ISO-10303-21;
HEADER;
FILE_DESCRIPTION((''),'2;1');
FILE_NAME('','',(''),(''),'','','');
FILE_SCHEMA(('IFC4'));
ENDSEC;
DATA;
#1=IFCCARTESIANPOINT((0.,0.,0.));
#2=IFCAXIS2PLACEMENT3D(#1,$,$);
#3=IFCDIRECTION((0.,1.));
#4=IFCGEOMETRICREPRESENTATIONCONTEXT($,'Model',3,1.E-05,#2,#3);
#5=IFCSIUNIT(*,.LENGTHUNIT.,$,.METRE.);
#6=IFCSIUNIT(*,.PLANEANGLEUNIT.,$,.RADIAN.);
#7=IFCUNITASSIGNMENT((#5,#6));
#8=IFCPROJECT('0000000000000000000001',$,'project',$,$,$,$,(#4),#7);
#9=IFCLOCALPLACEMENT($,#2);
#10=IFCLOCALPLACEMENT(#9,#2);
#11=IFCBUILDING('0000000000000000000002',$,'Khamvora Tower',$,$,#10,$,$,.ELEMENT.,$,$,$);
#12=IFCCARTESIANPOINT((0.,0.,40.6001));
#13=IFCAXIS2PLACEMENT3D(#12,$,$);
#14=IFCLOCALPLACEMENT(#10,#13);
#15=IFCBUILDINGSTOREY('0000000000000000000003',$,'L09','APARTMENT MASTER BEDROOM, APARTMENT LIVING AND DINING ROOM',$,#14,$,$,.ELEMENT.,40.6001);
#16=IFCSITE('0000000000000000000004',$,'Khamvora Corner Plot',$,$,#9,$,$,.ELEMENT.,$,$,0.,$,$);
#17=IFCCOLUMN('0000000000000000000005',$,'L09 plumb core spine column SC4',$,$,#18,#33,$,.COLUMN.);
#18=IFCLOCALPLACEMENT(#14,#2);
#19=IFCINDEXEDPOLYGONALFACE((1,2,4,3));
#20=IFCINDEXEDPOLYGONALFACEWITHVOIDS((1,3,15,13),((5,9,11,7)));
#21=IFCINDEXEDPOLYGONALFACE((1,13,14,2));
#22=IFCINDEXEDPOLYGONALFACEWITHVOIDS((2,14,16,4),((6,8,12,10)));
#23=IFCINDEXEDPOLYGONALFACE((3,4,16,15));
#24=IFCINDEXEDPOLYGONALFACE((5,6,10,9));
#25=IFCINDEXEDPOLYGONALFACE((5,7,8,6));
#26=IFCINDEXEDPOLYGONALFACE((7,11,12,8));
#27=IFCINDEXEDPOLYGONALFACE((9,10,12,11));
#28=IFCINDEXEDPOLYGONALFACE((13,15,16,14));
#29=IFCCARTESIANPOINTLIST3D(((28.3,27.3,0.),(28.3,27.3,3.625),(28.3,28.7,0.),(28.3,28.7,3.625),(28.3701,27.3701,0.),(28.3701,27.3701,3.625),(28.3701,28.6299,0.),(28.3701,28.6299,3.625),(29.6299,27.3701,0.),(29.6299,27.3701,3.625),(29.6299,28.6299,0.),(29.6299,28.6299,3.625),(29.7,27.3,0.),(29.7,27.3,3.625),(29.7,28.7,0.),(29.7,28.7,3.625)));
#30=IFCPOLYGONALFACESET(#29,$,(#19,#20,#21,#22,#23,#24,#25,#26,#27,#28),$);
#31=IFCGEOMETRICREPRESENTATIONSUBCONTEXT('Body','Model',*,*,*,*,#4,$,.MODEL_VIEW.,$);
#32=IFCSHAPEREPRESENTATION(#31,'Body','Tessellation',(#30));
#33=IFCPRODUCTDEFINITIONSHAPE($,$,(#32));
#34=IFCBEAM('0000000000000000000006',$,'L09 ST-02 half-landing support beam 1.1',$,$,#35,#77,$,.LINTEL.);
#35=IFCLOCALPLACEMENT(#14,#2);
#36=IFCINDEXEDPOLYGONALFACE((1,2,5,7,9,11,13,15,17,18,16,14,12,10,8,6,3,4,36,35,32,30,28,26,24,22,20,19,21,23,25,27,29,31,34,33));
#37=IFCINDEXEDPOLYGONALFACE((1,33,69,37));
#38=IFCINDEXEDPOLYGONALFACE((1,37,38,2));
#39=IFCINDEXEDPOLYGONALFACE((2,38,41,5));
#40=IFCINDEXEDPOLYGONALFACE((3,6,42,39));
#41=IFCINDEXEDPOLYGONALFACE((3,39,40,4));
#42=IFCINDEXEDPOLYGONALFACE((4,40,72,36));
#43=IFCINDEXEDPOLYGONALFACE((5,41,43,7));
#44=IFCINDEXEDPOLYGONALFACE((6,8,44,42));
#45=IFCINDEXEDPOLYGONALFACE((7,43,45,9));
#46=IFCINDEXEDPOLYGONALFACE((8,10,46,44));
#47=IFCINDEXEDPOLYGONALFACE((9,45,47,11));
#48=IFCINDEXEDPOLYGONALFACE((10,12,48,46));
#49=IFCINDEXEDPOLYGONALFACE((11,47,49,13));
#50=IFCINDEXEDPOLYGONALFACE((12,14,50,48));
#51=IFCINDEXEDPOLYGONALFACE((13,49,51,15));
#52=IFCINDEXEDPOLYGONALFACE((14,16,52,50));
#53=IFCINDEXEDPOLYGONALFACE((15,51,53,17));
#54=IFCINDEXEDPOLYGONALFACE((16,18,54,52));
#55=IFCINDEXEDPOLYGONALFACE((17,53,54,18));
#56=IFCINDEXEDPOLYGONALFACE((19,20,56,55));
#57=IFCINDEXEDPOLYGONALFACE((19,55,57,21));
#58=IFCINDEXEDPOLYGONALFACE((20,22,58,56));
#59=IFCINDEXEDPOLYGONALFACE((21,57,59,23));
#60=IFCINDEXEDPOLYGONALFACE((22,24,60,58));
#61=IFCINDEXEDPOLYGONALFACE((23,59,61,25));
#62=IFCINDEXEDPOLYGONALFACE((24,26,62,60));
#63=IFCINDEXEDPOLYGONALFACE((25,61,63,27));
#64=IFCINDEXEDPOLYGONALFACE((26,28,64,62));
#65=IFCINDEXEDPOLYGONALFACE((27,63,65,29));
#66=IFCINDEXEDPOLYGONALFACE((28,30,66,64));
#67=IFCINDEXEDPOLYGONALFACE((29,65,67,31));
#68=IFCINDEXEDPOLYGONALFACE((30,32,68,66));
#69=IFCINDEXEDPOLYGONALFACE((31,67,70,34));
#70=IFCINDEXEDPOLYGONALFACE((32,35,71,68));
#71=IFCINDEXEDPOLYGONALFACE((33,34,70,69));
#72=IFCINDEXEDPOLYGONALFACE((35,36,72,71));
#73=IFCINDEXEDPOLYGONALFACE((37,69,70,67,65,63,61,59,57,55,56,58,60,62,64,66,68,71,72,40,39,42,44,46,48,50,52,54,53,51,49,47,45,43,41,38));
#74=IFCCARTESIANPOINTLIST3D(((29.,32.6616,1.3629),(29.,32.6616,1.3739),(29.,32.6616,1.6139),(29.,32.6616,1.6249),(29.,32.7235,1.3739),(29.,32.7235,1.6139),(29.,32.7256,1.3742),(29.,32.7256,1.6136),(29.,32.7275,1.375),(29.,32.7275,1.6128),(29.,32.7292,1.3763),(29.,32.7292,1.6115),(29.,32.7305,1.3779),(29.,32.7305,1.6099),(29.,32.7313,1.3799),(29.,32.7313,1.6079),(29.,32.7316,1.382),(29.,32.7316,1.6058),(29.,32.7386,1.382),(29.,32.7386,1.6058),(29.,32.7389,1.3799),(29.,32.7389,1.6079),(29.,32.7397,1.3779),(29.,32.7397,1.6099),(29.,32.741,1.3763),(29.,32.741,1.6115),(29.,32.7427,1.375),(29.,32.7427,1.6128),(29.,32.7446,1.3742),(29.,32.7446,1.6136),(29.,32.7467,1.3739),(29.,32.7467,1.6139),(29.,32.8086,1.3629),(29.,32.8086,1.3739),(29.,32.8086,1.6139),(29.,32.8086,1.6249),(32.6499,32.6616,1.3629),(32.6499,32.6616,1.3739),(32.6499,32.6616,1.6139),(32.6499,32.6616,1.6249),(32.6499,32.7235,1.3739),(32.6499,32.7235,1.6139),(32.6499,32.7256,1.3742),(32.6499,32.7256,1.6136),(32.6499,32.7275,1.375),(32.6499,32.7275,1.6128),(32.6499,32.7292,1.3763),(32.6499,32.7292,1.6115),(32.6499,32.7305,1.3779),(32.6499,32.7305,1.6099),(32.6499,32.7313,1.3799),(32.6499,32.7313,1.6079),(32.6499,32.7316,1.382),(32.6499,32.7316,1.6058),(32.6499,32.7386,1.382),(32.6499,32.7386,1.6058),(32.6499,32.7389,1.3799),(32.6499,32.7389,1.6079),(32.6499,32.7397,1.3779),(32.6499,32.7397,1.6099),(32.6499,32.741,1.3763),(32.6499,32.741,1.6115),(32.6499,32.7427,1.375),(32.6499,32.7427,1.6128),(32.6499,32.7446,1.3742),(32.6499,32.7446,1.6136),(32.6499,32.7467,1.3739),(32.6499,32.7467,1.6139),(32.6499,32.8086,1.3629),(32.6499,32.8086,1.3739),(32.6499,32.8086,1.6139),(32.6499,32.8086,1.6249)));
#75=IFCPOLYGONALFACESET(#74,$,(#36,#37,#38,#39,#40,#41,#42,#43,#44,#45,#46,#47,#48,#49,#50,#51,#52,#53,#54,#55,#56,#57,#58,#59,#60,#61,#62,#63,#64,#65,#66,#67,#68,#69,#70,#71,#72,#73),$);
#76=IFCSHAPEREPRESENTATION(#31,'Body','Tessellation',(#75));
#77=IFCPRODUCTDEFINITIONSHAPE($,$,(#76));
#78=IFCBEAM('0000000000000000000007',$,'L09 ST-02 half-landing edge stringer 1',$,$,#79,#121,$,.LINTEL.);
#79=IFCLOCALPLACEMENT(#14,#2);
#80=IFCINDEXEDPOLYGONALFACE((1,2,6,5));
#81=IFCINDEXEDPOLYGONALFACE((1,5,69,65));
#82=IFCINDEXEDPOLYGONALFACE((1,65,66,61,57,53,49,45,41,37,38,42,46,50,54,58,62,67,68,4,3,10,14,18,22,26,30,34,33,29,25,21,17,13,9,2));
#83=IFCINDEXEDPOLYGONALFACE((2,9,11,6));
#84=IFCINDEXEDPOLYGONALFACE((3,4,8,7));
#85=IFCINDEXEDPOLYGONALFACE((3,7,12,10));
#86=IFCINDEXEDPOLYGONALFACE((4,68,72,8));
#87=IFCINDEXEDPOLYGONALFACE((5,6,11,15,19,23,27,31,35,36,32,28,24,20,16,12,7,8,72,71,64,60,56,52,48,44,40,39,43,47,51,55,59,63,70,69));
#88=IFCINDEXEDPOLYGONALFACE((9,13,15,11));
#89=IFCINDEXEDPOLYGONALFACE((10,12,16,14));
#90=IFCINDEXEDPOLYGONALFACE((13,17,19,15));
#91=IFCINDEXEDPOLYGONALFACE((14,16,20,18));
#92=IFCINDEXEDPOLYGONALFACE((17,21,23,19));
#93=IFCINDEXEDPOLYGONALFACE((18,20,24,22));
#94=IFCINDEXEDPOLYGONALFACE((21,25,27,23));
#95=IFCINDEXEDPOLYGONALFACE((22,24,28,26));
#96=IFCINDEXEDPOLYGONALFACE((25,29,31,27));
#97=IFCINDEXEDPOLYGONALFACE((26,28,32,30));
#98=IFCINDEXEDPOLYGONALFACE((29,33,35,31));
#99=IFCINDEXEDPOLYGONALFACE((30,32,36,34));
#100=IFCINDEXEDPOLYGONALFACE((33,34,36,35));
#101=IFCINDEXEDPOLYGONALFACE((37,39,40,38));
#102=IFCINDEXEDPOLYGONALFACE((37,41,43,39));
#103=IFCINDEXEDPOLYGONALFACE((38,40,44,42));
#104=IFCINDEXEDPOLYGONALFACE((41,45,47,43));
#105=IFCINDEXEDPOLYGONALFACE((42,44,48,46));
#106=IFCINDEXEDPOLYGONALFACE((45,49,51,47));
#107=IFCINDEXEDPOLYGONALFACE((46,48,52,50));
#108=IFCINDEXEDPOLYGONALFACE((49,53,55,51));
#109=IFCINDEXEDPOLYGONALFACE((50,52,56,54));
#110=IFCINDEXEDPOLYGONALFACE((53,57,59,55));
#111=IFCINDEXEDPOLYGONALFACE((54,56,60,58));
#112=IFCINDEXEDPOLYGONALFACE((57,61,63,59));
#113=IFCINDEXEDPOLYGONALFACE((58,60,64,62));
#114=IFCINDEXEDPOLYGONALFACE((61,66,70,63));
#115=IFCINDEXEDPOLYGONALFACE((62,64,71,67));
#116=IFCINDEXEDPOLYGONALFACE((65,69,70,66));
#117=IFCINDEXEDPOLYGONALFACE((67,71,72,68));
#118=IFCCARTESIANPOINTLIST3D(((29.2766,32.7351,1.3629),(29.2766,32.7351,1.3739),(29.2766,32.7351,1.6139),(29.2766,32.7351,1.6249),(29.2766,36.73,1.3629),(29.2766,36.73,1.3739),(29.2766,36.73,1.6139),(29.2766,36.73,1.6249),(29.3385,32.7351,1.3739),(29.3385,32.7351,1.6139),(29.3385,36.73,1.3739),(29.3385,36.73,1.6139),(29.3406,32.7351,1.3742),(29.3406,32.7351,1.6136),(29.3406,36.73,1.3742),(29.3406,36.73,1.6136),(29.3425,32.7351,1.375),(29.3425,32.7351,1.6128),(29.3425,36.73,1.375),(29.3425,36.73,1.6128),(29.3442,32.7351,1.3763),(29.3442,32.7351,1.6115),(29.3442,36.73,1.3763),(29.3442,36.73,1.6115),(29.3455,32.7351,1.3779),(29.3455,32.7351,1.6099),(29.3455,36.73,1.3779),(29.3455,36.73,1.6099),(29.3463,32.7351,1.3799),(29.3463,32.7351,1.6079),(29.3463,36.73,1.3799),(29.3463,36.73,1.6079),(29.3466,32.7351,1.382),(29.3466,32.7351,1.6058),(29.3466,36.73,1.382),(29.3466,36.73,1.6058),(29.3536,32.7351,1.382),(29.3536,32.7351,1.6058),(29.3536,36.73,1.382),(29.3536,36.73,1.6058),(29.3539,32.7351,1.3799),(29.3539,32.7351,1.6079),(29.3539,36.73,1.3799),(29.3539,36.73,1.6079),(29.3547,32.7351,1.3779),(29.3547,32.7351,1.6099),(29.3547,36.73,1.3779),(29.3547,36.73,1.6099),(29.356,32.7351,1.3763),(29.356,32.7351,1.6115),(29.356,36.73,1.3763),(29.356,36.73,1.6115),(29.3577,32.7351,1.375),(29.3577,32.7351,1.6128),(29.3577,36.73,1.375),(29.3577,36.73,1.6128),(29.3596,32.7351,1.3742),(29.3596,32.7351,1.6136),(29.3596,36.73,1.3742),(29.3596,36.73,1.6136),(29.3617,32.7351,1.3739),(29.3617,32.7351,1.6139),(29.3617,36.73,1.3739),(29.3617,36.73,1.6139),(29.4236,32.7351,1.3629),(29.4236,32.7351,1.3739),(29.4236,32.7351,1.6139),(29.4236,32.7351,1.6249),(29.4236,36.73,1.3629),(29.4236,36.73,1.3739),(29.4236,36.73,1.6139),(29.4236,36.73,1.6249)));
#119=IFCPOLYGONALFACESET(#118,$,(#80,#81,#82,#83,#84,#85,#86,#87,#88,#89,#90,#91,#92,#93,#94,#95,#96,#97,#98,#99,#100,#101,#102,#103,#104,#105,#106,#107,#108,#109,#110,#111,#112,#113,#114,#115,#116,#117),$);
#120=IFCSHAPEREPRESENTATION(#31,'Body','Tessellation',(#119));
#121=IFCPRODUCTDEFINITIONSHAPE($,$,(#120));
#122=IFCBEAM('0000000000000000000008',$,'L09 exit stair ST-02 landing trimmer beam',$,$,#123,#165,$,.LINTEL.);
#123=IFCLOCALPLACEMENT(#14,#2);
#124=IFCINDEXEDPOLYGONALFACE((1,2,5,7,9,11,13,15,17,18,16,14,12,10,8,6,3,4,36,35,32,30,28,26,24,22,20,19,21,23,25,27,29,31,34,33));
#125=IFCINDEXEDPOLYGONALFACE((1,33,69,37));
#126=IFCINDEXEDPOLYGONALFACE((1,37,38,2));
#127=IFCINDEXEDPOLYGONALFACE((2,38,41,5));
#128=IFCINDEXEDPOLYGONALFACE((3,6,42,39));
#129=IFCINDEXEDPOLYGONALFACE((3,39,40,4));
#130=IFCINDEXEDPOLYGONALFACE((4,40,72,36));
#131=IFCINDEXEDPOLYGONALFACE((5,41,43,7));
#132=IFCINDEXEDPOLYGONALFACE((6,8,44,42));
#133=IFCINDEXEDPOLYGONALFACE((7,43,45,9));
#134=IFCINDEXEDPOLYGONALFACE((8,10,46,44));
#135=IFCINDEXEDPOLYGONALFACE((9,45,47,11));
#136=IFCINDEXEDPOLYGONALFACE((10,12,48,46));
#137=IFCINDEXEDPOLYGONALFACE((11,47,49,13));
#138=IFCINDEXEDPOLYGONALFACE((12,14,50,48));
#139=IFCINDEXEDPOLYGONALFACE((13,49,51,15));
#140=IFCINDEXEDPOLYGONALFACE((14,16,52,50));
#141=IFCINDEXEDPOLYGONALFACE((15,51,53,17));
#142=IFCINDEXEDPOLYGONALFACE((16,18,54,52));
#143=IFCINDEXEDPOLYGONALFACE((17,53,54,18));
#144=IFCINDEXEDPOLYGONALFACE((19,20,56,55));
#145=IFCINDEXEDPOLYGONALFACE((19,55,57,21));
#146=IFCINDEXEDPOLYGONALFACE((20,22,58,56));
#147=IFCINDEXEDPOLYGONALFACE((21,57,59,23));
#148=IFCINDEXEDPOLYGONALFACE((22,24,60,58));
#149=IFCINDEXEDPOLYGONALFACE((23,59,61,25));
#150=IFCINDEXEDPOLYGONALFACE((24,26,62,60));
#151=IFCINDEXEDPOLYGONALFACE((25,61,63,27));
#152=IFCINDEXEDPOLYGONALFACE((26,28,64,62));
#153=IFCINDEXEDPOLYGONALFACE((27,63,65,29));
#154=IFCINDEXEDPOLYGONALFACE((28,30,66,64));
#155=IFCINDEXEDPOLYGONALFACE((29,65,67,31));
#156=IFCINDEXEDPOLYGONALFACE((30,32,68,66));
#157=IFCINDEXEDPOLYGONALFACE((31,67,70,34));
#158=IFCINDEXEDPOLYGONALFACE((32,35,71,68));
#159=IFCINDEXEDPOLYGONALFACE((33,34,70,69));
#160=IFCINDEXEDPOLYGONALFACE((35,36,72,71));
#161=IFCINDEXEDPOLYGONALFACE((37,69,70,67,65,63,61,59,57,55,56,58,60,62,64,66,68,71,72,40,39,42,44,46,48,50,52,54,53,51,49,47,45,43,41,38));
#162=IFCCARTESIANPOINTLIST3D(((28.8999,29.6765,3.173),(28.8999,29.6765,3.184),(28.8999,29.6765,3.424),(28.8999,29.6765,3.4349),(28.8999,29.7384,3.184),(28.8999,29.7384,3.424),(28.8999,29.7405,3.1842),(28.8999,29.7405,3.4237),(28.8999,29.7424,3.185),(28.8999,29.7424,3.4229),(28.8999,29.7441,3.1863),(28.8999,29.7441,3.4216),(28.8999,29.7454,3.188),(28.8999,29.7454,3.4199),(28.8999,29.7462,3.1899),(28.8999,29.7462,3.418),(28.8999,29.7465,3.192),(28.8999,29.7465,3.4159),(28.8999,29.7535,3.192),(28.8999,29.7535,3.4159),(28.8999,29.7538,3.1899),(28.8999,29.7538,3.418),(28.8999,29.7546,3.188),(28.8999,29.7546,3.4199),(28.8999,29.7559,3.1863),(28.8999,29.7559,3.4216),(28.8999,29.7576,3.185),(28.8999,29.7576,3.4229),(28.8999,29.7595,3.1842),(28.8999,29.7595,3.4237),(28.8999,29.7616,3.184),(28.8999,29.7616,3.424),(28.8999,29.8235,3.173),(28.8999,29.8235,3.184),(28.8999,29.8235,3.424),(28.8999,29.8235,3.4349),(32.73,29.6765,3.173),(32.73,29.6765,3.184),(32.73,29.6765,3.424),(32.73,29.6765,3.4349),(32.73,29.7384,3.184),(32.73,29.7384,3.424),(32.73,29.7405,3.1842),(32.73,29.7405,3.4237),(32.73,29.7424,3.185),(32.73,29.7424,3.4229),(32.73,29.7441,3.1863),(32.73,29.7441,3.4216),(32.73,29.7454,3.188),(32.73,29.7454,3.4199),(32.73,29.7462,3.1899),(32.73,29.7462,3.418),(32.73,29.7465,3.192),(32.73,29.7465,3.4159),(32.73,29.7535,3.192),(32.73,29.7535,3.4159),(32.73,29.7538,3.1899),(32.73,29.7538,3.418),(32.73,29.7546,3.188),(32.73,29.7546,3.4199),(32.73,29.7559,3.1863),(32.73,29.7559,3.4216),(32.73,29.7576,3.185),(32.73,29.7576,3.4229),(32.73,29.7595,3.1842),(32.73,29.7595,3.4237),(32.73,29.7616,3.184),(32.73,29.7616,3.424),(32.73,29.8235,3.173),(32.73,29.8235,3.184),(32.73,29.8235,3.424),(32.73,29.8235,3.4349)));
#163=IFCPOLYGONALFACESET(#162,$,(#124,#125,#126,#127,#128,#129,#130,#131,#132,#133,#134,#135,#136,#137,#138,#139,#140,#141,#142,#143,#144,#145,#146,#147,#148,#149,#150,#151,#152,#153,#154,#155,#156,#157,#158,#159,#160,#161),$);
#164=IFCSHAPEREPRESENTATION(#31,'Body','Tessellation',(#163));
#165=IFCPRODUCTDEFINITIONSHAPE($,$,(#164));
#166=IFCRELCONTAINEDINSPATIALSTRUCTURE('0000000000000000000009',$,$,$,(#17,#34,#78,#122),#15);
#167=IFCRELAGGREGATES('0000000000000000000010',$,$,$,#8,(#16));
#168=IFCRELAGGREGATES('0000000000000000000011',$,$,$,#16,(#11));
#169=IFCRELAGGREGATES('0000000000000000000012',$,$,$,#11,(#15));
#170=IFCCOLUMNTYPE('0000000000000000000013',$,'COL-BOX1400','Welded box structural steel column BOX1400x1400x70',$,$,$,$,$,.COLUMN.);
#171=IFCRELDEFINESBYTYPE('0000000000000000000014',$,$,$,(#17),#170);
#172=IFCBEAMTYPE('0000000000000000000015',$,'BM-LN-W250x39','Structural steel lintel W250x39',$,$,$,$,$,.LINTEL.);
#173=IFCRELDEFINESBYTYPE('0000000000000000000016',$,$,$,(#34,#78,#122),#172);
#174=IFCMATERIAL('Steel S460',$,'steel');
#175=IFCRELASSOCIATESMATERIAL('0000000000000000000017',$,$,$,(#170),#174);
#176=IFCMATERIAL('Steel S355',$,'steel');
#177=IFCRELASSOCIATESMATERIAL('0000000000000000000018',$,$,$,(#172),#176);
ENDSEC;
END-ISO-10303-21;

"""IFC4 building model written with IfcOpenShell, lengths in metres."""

from ifc_helpers import new_model, si_unit, direction, frame, origin, origin_2d, place, context, subcontext, project, spatial, hollow_rectangle, i_section, extrude, material, material_profile, profile_set, type_object, element, save


model = new_model("IFC4")

# Units and contexts
model_context = context("Model", 3, precision=1e-05, world=origin(), true_north=direction((0.0, 1.0)))
body_context = subcontext(model_context, "Body", "Model", "MODEL_VIEW")
ifc_project = project(units=[si_unit("LENGTHUNIT", "METRE"), si_unit("PLANEANGLEUNIT", "RADIAN")], contexts=[model_context])

# Site, building, storey
site_placement = place(None, origin())
site = spatial("IfcSite", under=ifc_project, at=site_placement, Name="Khamvora Corner Plot", CompositionType="ELEMENT", RefElevation=0.0)
building_placement = place(site_placement, origin())
building = spatial("IfcBuilding", under=site, at=building_placement, Name="Khamvora Tower", CompositionType="ELEMENT")
storey_placement = place(building_placement, frame((0.0, 0.0, 40.6001)))
storey = spatial("IfcBuildingStorey", under=building, at=storey_placement, Name="L09", Description="APARTMENT MASTER BEDROOM, APARTMENT LIVING AND DINING ROOM", CompositionType="ELEMENT", Elevation=40.6001)

# Column
ifc_material_1 = material(Name="Steel S460", Category="steel")
ifc_material_profile_1 = material_profile(ifc_material_1, hollow_rectangle(XDim=1.3999, YDim=1.3999, WallThickness=0.0701, at=origin_2d()), Name="BOX1400x1400x70")
ifc_profile_set_1 = profile_set([ifc_material_profile_1], Name="Steel S460")
column_type = type_object("IfcColumnType", Name="COL-BOX1400", Description="Welded box structural steel column BOX1400x1400x70", PredefinedType="COLUMN", material=ifc_profile_set_1)
column_placement = place(storey_placement, frame((29.0, 28.0, 0.0), z_axis=(0.0, 0.0, 1.0), x_axis=(1.0, 0.0, 0.0)))
element("IfcColumn", 1, at=column_placement, inside=storey, type_object=column_type, Name="L09 plumb core spine column SC4", PredefinedType="COLUMN", context=body_context, shape_type="SweptSolid", body=[
    extrude(hollow_rectangle(XDim=1.3999, YDim=1.3999, WallThickness=0.0701, at=origin_2d()), origin(), (0.0, 0.0, 1.0), 3.625),
])

# Beams
ifc_material_2 = material(Name="Steel S355", Category="steel")
ifc_material_profile_2 = material_profile(ifc_material_2, i_section(OverallWidth=0.147, OverallDepth=0.262, WebThickness=0.0071, FlangeThickness=0.011, FilletRadius=0.0081, at=origin_2d()), Name="W250x39")
ifc_profile_set_2 = profile_set([ifc_material_profile_2], Name="Steel S355")
beam_type_1 = type_object("IfcBeamType", Name="BM-LN-W250x39", Description="Structural steel lintel W250x39", PredefinedType="LINTEL", material=ifc_profile_set_2)
beam_1_placement = place(storey_placement, frame((29.0, 32.7351, 1.4939), z_axis=(1.0, 0.0, 0.0), x_axis=(0.0, 1.0, 0.0)))
element("IfcBeam", 2, at=beam_1_placement, inside=storey, type_object=beam_type_1, Name="L09 ST-02 half-landing support beam 1.1", PredefinedType="LINTEL", context=body_context, shape_type="SweptSolid", body=[
    extrude(i_section(OverallWidth=0.147, OverallDepth=0.262, WebThickness=0.0071, FlangeThickness=0.011, FilletRadius=0.0081, at=origin_2d()), origin(), (0.0, 0.0, 1.0), 3.6499),
])
beam_2_placement = place(storey_placement, frame((29.3501, 32.7351, 1.4939), z_axis=(0.0, 1.0, 0.0), x_axis=(-1.0, 0.0, 0.0)))
element("IfcBeam", 3, at=beam_2_placement, inside=storey, type_object=beam_type_1, Name="L09 ST-02 half-landing edge stringer 1", PredefinedType="LINTEL", context=body_context, shape_type="SweptSolid", body=[
    extrude(i_section(OverallWidth=0.147, OverallDepth=0.262, WebThickness=0.0071, FlangeThickness=0.011, FilletRadius=0.0081, at=origin_2d()), origin(), (0.0, 0.0, 1.0), 3.9949),
])
beam_3_placement = place(storey_placement, frame((28.8999, 29.75, 3.304), z_axis=(1.0, 0.0, 0.0), x_axis=(0.0, 1.0, 0.0)))
element("IfcBeam", 4, at=beam_3_placement, inside=storey, type_object=beam_type_1, Name="L09 exit stair ST-02 landing trimmer beam", PredefinedType="LINTEL", context=body_context, shape_type="SweptSolid", body=[
    extrude(i_section(OverallWidth=0.147, OverallDepth=0.262, WebThickness=0.0071, FlangeThickness=0.011, FilletRadius=0.0081, at=origin_2d()), origin(), (0.0, 0.0, 1.0), 3.8301),
])

save(model, "model.ifc")
